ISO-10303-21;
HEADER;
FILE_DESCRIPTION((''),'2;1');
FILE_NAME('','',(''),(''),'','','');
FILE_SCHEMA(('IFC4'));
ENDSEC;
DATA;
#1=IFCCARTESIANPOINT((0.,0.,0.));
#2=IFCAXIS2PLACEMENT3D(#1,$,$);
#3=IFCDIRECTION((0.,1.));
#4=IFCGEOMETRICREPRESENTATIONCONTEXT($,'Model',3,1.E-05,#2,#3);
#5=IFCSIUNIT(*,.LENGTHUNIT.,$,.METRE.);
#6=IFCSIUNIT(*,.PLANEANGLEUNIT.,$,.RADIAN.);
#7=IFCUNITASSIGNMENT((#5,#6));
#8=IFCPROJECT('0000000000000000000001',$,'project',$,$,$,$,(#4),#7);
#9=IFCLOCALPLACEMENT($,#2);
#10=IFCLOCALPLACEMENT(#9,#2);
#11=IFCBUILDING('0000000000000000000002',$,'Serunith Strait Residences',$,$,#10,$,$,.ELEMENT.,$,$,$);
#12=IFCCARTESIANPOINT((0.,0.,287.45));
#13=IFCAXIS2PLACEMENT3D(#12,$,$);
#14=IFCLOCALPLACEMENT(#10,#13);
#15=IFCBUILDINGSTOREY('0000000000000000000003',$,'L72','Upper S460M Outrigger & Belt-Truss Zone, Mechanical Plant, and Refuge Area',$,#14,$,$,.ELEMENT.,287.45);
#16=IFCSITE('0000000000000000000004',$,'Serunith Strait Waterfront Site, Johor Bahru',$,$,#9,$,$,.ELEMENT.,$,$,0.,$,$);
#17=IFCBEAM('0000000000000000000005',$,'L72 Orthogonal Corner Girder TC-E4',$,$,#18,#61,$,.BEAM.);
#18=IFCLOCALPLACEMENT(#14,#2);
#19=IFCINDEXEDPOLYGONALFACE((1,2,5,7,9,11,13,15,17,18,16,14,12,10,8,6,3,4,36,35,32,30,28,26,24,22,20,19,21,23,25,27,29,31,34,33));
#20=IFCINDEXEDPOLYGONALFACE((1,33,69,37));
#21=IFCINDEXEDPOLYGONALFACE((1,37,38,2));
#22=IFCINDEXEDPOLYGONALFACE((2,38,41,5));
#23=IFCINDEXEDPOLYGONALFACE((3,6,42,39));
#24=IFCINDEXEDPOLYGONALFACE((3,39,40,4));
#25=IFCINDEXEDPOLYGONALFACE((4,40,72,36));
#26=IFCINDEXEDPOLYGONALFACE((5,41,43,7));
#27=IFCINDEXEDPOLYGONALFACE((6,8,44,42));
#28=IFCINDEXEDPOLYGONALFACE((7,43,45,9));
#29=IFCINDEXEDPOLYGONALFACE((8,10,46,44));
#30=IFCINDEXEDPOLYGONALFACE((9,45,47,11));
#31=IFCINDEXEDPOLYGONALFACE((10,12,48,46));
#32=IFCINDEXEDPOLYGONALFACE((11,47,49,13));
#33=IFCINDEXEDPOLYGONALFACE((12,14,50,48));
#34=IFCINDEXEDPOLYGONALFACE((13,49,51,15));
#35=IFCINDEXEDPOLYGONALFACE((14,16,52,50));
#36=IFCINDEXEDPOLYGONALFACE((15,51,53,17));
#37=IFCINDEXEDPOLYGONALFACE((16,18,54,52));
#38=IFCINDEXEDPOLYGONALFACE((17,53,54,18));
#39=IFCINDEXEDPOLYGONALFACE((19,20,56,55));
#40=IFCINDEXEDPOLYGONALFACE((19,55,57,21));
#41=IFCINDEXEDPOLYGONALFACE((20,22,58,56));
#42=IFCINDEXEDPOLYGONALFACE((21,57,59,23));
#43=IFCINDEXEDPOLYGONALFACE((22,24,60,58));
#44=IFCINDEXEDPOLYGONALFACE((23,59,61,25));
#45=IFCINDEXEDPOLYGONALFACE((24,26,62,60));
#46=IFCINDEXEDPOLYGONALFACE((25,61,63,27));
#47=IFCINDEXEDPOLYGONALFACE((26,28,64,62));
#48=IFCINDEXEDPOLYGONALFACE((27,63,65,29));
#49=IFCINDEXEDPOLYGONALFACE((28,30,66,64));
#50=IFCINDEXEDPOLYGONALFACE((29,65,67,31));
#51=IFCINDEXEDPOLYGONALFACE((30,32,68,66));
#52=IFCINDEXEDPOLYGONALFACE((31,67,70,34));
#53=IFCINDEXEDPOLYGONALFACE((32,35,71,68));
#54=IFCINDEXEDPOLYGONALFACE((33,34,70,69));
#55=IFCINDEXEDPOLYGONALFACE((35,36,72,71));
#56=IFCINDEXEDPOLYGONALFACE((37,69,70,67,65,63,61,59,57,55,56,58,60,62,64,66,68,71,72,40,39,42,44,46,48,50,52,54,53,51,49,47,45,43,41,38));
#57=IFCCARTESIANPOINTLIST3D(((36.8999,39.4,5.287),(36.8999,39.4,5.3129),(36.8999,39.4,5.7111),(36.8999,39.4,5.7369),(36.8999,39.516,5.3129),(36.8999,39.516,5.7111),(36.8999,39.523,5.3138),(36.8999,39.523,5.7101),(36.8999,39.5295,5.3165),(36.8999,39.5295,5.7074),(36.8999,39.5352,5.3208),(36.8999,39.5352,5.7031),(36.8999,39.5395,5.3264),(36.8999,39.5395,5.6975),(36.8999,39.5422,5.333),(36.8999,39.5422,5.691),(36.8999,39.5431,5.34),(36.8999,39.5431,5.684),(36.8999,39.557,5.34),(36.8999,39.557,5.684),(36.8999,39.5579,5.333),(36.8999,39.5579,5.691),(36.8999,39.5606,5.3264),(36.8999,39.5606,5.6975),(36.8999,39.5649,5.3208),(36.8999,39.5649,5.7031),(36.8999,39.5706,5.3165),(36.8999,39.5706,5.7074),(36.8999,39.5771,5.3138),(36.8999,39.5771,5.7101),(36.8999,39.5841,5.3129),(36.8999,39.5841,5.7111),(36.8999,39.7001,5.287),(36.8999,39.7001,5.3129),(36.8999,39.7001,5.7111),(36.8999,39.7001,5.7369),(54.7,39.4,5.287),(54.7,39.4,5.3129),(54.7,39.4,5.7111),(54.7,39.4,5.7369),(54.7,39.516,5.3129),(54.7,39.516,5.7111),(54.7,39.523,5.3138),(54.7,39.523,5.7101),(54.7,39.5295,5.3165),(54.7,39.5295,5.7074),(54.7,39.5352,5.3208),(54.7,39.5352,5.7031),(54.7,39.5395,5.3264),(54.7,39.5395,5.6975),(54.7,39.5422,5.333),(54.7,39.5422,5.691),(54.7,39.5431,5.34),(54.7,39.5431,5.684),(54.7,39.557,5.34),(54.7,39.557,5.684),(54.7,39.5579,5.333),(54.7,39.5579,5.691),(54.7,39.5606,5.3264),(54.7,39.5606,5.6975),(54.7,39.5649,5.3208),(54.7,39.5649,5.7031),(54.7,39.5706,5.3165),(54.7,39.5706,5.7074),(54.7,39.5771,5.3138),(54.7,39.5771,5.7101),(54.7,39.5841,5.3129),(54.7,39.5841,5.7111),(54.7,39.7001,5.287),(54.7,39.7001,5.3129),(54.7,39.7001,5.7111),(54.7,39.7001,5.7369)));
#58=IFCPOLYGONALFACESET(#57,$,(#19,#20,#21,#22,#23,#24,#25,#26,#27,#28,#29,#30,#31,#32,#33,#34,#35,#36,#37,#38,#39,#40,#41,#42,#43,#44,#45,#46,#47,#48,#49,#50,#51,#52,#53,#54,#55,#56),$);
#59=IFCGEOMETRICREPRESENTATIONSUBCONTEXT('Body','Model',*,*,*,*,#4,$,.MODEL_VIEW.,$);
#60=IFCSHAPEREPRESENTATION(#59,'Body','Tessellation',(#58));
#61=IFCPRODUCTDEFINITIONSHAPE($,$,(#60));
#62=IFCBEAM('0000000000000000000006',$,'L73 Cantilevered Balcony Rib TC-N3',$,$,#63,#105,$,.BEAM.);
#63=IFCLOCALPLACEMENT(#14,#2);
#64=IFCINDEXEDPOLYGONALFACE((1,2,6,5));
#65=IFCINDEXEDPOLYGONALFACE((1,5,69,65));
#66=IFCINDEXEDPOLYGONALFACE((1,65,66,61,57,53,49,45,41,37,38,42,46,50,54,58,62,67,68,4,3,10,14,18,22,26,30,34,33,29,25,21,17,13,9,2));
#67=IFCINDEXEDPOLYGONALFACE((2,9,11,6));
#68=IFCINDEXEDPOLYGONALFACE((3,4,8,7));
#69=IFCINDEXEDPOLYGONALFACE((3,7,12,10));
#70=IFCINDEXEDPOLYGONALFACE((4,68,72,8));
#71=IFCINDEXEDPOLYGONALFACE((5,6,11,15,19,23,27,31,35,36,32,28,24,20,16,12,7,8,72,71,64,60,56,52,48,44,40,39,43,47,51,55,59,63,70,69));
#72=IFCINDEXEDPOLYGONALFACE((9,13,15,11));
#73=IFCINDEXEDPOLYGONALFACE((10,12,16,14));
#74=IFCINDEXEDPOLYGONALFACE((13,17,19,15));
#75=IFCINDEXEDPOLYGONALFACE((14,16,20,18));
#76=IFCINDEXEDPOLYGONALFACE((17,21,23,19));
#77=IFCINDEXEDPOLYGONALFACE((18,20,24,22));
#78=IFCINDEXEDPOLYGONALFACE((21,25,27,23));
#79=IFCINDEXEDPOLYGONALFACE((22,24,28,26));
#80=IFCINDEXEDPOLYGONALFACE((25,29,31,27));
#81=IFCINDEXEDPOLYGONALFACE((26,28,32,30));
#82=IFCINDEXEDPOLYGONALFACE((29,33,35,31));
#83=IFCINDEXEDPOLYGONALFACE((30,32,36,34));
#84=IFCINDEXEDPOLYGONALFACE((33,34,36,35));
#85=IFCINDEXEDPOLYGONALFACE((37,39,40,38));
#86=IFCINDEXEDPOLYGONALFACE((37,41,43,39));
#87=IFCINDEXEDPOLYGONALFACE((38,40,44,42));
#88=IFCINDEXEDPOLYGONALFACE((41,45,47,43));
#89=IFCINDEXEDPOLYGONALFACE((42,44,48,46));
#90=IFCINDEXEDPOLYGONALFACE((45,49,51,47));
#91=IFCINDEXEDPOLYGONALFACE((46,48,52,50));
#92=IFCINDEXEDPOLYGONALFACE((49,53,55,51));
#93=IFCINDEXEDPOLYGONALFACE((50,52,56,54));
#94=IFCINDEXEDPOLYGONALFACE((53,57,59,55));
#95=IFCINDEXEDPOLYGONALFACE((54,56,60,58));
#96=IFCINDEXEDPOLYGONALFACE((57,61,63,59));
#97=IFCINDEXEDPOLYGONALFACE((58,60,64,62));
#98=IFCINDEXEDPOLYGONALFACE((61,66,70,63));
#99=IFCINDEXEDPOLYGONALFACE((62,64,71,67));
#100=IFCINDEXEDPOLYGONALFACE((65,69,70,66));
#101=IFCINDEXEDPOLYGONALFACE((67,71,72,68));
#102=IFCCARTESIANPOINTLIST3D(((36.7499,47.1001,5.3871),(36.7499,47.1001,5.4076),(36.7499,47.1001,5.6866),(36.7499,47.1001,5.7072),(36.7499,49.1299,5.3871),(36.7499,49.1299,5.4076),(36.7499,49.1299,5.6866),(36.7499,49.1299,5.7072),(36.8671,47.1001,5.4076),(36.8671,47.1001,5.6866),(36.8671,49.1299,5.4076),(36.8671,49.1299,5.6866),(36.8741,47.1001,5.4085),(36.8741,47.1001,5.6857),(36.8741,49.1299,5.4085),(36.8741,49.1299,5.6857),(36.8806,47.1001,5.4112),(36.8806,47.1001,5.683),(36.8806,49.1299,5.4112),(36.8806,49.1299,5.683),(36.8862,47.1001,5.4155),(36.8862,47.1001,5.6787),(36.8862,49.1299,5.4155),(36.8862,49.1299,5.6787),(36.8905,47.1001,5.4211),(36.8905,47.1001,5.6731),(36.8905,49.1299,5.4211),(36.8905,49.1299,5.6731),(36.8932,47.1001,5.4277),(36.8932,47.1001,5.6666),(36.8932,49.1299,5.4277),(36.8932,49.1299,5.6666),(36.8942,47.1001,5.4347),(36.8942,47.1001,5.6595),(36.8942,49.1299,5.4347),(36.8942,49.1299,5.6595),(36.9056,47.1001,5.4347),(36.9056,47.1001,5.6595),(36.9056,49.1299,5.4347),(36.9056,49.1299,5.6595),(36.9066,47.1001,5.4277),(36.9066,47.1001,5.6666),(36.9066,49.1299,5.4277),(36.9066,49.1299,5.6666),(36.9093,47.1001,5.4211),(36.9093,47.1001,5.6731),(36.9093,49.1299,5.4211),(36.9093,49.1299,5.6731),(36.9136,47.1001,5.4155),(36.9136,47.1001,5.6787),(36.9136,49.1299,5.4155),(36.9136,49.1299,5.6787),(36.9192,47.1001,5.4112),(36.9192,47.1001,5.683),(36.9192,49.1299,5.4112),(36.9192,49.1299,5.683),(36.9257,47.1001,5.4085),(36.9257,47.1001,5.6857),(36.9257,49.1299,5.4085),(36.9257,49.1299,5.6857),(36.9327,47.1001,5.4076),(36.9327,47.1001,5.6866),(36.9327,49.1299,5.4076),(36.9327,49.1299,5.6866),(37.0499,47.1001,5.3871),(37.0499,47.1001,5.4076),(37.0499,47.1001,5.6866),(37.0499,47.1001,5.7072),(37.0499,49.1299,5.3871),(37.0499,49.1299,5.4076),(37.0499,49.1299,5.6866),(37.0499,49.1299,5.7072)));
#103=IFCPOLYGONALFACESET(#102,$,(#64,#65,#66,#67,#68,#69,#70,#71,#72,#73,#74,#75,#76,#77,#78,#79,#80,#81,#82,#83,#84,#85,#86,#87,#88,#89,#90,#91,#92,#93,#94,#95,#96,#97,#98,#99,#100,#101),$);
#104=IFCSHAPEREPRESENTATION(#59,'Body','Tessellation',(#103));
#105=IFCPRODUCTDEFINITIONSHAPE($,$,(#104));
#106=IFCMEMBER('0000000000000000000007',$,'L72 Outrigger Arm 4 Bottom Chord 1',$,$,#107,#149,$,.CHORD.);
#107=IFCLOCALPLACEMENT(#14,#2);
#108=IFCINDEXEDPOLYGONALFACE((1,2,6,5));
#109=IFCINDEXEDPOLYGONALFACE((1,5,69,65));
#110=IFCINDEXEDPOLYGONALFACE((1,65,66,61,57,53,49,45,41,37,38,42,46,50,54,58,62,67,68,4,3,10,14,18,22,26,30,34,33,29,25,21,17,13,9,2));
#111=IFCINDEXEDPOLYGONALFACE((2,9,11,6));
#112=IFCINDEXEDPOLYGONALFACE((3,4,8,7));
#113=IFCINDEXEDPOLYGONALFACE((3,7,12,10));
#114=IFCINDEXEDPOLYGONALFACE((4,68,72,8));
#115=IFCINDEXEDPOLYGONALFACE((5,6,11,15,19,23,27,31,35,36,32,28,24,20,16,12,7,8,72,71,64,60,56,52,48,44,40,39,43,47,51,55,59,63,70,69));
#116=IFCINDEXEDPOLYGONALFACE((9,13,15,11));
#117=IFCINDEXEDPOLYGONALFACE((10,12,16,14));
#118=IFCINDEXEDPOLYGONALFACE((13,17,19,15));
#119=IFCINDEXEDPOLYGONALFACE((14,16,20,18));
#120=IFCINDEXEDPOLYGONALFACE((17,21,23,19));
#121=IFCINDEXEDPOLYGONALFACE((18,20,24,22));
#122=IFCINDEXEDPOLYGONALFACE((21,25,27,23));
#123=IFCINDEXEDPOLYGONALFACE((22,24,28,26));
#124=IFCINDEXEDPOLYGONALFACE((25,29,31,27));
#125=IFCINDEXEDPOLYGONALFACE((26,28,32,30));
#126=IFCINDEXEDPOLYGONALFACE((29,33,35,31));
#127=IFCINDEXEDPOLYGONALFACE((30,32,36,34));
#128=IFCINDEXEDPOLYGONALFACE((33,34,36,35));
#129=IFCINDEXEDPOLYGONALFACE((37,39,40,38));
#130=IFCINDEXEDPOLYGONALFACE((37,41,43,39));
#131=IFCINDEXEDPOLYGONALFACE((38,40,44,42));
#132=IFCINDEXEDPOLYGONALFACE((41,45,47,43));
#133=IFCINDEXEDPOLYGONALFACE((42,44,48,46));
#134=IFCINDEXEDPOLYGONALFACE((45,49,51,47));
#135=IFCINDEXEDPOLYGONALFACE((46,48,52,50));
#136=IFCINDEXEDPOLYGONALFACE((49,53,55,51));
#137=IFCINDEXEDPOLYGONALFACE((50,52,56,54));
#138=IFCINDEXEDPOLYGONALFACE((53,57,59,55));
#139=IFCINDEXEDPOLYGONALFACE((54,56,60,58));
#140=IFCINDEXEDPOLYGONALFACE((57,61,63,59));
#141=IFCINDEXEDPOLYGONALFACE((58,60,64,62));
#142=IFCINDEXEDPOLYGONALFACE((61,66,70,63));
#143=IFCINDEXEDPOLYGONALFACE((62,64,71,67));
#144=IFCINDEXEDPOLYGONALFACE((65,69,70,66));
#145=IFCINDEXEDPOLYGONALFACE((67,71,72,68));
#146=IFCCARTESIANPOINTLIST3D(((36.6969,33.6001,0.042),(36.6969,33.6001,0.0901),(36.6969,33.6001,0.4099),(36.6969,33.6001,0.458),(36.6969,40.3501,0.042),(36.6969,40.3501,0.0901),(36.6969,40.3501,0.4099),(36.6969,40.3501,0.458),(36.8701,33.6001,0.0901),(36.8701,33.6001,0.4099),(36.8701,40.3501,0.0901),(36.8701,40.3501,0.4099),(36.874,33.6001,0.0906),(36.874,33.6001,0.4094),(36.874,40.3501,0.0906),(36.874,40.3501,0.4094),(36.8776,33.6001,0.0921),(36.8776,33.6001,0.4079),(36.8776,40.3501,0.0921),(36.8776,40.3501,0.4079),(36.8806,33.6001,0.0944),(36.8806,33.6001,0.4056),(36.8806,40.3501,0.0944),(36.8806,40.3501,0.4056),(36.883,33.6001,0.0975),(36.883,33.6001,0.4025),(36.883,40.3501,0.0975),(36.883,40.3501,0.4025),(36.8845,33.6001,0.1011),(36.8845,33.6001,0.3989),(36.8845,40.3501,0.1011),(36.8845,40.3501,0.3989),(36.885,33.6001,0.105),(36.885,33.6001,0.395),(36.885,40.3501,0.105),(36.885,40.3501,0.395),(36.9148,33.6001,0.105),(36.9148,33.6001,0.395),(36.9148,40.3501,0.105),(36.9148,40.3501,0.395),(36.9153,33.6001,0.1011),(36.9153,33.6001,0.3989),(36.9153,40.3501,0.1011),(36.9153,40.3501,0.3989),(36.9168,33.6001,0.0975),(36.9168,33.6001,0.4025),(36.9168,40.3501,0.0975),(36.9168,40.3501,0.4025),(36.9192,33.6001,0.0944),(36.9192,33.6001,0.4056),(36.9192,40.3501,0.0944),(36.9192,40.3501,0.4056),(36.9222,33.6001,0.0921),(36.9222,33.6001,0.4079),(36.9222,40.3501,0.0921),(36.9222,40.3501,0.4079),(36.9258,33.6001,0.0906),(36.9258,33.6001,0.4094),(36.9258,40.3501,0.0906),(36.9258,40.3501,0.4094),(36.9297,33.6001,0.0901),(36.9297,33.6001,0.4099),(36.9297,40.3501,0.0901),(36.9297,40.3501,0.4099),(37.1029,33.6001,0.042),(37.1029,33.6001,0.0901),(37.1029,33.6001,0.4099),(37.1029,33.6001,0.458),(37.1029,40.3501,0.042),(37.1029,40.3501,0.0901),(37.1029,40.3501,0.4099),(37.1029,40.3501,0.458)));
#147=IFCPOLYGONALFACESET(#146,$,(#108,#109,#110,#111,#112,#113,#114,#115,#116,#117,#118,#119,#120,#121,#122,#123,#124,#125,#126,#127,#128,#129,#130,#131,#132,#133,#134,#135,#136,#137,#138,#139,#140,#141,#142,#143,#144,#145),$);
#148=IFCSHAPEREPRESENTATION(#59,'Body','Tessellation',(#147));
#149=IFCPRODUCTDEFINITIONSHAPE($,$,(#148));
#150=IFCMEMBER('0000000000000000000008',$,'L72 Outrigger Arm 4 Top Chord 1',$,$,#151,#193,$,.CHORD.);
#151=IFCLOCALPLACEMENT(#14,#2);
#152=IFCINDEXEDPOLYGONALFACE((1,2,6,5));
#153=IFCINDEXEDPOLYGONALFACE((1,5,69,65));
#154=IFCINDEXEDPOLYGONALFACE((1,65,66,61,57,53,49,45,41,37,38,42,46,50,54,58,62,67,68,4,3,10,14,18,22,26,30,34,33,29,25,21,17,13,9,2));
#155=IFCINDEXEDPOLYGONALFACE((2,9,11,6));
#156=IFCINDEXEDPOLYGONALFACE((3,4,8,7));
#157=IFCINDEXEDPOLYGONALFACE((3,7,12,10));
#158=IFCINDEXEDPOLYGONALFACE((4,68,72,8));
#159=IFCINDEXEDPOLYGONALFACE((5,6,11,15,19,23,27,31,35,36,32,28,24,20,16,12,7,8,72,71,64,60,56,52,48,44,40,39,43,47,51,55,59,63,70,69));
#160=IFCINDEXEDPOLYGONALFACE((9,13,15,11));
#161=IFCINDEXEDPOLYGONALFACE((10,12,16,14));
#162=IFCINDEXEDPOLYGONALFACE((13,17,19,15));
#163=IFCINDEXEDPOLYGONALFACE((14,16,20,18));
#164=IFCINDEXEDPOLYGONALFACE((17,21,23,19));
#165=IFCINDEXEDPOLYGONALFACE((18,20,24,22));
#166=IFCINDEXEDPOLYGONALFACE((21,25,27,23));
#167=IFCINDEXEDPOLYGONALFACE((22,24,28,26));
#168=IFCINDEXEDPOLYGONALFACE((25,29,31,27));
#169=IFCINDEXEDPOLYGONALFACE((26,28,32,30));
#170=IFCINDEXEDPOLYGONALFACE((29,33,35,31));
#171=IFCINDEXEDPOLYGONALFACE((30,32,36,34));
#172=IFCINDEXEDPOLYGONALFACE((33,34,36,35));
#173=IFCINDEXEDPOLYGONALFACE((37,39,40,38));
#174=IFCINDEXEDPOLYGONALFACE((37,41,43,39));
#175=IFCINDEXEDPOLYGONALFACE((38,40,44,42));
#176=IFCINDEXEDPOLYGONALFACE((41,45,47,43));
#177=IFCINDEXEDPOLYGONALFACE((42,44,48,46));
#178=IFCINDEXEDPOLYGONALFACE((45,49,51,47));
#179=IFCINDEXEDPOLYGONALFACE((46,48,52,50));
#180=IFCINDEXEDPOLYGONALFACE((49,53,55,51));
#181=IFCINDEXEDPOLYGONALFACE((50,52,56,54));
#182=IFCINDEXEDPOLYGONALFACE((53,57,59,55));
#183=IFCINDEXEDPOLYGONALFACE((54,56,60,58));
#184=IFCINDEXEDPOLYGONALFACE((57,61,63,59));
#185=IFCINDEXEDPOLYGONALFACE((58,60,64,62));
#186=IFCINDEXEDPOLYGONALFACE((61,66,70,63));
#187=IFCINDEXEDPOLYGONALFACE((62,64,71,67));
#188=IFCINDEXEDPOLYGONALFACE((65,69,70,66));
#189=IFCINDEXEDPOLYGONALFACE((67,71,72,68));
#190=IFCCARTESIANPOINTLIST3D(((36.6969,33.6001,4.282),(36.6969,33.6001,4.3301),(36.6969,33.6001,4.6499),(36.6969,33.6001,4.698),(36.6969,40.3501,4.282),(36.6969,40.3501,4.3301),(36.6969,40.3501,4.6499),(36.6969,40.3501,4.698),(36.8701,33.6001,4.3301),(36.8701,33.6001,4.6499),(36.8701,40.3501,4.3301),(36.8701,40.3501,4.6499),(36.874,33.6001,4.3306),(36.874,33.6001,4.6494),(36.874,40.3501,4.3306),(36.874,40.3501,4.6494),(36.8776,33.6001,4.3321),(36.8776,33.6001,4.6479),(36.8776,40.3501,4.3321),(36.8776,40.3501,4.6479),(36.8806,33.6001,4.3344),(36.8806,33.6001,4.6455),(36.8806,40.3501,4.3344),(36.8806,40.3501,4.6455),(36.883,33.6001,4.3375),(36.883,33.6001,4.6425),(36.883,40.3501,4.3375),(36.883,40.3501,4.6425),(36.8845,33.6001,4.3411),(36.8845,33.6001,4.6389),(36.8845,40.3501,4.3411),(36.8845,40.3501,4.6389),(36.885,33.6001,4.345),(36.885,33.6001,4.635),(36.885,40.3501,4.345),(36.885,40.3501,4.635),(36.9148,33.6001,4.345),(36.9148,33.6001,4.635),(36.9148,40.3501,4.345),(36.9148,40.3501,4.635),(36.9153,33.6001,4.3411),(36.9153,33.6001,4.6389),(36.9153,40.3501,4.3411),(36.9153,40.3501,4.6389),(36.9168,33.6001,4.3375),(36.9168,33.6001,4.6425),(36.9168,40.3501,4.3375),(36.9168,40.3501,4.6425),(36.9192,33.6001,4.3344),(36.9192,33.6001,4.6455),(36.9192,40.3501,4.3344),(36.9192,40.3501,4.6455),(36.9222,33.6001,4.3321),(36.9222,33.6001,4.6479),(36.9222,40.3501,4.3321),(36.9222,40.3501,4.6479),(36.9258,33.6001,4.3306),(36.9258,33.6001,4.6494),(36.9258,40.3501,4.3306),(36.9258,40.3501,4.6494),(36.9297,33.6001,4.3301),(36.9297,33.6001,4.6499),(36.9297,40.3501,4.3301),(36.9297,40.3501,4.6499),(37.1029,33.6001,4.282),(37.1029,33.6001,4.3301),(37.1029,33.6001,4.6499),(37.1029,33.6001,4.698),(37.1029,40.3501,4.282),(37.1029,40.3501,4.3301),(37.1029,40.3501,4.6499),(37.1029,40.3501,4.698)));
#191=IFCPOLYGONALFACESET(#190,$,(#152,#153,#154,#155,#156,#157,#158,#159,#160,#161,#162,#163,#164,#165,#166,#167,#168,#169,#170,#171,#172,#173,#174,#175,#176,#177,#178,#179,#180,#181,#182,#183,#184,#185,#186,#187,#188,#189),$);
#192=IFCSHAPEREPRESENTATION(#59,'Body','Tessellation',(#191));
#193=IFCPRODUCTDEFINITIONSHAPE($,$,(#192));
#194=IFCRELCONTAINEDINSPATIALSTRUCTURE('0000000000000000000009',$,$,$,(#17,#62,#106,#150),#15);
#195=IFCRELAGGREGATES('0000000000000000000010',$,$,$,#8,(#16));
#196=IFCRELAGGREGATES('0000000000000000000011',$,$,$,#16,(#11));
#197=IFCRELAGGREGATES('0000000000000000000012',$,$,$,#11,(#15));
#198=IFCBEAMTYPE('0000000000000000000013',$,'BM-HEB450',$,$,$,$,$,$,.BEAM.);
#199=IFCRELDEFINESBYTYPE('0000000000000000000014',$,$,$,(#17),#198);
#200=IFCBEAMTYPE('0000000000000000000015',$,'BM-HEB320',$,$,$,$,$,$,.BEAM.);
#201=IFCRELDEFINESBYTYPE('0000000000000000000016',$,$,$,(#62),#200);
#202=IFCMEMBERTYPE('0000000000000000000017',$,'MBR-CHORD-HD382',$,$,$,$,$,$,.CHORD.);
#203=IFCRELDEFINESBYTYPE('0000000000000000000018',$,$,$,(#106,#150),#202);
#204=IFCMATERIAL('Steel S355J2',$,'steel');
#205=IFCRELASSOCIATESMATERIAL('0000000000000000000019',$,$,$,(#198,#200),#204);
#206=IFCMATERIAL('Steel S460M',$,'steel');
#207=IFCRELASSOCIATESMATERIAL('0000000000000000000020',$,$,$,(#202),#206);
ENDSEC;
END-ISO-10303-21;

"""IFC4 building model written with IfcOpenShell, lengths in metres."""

from ifc_helpers import new_model, si_unit, direction, frame, origin, origin_2d, place, context, subcontext, project, spatial, i_section, extrude, source, transform, mapped, material, material_profile, profile_set, type_object, element, save


model = new_model("IFC4")

# Units and contexts
model_context = context("Model", 3, precision=1e-05, world=origin(), true_north=direction((0.0, 1.0)))
body_context = subcontext(model_context, "Body", "Model", "MODEL_VIEW")
ifc_project = project(units=[si_unit("LENGTHUNIT", "METRE"), si_unit("PLANEANGLEUNIT", "RADIAN")], contexts=[model_context])

# Site, building, storey
site_placement = place(None, origin())
site = spatial("IfcSite", under=ifc_project, at=site_placement, Name="Serunith Strait Waterfront Site, Johor Bahru", CompositionType="ELEMENT", RefElevation=0.0)
building_placement = place(site_placement, origin())
building = spatial("IfcBuilding", under=site, at=building_placement, Name="Serunith Strait Residences", CompositionType="ELEMENT")
storey_placement = place(building_placement, frame((0.0, 0.0, 287.45)))
storey = spatial("IfcBuildingStorey", under=building, at=storey_placement, Name="L72", Description="Upper S460M Outrigger & Belt-Truss Zone, Mechanical Plant, and Refuge Area", CompositionType="ELEMENT", Elevation=287.45)

# Beams
ifc_material_1 = material(Name="Steel S355J2", Category="steel")
ifc_material_profile_1 = material_profile(ifc_material_1, i_section(OverallWidth=0.3, OverallDepth=0.45, WebThickness=0.0139, FlangeThickness=0.0259, FilletRadius=0.0271, at=origin_2d()), Name="HEB 450")
ifc_profile_set_1 = profile_set([ifc_material_profile_1], Name="Steel S355J2")
beam_type_1 = type_object("IfcBeamType", Name="BM-HEB450", PredefinedType="BEAM", material=ifc_profile_set_1)
shared_shape_1 = source(origin(), body_context, "Body", "SweptSolid", [
    extrude(i_section(OverallWidth=0.3, OverallDepth=0.45, WebThickness=0.0139, FlangeThickness=0.0259, FilletRadius=0.0271, at=origin_2d()), origin(), (0.0, 0.0, 1.0), 17.8),
])
beam_1_placement = place(storey_placement, frame((36.8999, 39.55, 5.512), z_axis=(1.0, 0.0, 0.0), x_axis=(0.0, 1.0, 0.0)))
element("IfcBeam", 1, at=beam_1_placement, inside=storey, type_object=beam_type_1, Name="L72 Orthogonal Corner Girder TC-E4", PredefinedType="BEAM", context=body_context, shape_type="MappedRepresentation", body=[
    mapped(shared_shape_1, transform((0.0, 0.0, 0.0), scale=1.0)),
])
ifc_material_profile_2 = material_profile(ifc_material_1, i_section(OverallWidth=0.3, OverallDepth=0.3201, WebThickness=0.0115, FlangeThickness=0.0205, FilletRadius=0.0271, at=origin_2d()), Name="HEB 320")
ifc_profile_set_2 = profile_set([ifc_material_profile_2], Name="Steel S355J2")
beam_type_2 = type_object("IfcBeamType", Name="BM-HEB320", PredefinedType="BEAM", material=ifc_profile_set_2)
shared_shape_2 = source(origin(), body_context, "Body", "SweptSolid", [
    extrude(i_section(OverallWidth=0.3, OverallDepth=0.3201, WebThickness=0.0115, FlangeThickness=0.0205, FilletRadius=0.0271, at=origin_2d()), origin(), (0.0, 0.0, 1.0), 2.0298),
])
beam_2_placement = place(storey_placement, frame((36.8999, 47.1001, 5.5471), z_axis=(0.0, 1.0, 0.0), x_axis=(-1.0, 0.0, 0.0)))
element("IfcBeam", 2, at=beam_2_placement, inside=storey, type_object=beam_type_2, Name="L73 Cantilevered Balcony Rib TC-N3", PredefinedType="BEAM", context=body_context, shape_type="MappedRepresentation", body=[
    mapped(shared_shape_2, transform((0.0, 0.0, 0.0), scale=1.0)),
])

# Members
ifc_material_2 = material(Name="Steel S460M", Category="steel")
ifc_material_profile_3 = material_profile(ifc_material_2, i_section(OverallWidth=0.406, OverallDepth=0.416, WebThickness=0.0298, FlangeThickness=0.0481, FilletRadius=0.0149, at=origin_2d()), Name="HD 400x382")
ifc_profile_set_3 = profile_set([ifc_material_profile_3], Name="Steel S460M")
member_type_1 = type_object("IfcMemberType", Name="MBR-CHORD-HD382", PredefinedType="CHORD", material=ifc_profile_set_3)
shared_shape_3 = source(origin(), body_context, "Body", "SweptSolid", [
    extrude(i_section(OverallWidth=0.406, OverallDepth=0.416, WebThickness=0.0298, FlangeThickness=0.0481, FilletRadius=0.0149, at=origin_2d()), origin(), (0.0, 0.0, 1.0), 6.75),
])
for number, where, z_axis, x_axis, name in (
    (3, (36.8999, 33.6001, 0.25), (0.0, 1.0, 0.0), (-1.0, 0.0, 0.0), "L72 Outrigger Arm 4 Bottom Chord 1"),
    (4, (36.8999, 33.6001, 4.49), (0.0, 1.0, 0.0), (-1.0, 0.0, 0.0), "L72 Outrigger Arm 4 Top Chord 1"),
):
    element("IfcMember", number, at=place(storey_placement, frame(where, z_axis=z_axis, x_axis=x_axis)), inside=storey, type_object=member_type_1, Name=name, PredefinedType="CHORD", context=body_context, shape_type="MappedRepresentation", body=[
        mapped(shared_shape_3, transform((0.0, 0.0, 0.0), scale=1.0)),
    ])

save(model, "model.ifc")
